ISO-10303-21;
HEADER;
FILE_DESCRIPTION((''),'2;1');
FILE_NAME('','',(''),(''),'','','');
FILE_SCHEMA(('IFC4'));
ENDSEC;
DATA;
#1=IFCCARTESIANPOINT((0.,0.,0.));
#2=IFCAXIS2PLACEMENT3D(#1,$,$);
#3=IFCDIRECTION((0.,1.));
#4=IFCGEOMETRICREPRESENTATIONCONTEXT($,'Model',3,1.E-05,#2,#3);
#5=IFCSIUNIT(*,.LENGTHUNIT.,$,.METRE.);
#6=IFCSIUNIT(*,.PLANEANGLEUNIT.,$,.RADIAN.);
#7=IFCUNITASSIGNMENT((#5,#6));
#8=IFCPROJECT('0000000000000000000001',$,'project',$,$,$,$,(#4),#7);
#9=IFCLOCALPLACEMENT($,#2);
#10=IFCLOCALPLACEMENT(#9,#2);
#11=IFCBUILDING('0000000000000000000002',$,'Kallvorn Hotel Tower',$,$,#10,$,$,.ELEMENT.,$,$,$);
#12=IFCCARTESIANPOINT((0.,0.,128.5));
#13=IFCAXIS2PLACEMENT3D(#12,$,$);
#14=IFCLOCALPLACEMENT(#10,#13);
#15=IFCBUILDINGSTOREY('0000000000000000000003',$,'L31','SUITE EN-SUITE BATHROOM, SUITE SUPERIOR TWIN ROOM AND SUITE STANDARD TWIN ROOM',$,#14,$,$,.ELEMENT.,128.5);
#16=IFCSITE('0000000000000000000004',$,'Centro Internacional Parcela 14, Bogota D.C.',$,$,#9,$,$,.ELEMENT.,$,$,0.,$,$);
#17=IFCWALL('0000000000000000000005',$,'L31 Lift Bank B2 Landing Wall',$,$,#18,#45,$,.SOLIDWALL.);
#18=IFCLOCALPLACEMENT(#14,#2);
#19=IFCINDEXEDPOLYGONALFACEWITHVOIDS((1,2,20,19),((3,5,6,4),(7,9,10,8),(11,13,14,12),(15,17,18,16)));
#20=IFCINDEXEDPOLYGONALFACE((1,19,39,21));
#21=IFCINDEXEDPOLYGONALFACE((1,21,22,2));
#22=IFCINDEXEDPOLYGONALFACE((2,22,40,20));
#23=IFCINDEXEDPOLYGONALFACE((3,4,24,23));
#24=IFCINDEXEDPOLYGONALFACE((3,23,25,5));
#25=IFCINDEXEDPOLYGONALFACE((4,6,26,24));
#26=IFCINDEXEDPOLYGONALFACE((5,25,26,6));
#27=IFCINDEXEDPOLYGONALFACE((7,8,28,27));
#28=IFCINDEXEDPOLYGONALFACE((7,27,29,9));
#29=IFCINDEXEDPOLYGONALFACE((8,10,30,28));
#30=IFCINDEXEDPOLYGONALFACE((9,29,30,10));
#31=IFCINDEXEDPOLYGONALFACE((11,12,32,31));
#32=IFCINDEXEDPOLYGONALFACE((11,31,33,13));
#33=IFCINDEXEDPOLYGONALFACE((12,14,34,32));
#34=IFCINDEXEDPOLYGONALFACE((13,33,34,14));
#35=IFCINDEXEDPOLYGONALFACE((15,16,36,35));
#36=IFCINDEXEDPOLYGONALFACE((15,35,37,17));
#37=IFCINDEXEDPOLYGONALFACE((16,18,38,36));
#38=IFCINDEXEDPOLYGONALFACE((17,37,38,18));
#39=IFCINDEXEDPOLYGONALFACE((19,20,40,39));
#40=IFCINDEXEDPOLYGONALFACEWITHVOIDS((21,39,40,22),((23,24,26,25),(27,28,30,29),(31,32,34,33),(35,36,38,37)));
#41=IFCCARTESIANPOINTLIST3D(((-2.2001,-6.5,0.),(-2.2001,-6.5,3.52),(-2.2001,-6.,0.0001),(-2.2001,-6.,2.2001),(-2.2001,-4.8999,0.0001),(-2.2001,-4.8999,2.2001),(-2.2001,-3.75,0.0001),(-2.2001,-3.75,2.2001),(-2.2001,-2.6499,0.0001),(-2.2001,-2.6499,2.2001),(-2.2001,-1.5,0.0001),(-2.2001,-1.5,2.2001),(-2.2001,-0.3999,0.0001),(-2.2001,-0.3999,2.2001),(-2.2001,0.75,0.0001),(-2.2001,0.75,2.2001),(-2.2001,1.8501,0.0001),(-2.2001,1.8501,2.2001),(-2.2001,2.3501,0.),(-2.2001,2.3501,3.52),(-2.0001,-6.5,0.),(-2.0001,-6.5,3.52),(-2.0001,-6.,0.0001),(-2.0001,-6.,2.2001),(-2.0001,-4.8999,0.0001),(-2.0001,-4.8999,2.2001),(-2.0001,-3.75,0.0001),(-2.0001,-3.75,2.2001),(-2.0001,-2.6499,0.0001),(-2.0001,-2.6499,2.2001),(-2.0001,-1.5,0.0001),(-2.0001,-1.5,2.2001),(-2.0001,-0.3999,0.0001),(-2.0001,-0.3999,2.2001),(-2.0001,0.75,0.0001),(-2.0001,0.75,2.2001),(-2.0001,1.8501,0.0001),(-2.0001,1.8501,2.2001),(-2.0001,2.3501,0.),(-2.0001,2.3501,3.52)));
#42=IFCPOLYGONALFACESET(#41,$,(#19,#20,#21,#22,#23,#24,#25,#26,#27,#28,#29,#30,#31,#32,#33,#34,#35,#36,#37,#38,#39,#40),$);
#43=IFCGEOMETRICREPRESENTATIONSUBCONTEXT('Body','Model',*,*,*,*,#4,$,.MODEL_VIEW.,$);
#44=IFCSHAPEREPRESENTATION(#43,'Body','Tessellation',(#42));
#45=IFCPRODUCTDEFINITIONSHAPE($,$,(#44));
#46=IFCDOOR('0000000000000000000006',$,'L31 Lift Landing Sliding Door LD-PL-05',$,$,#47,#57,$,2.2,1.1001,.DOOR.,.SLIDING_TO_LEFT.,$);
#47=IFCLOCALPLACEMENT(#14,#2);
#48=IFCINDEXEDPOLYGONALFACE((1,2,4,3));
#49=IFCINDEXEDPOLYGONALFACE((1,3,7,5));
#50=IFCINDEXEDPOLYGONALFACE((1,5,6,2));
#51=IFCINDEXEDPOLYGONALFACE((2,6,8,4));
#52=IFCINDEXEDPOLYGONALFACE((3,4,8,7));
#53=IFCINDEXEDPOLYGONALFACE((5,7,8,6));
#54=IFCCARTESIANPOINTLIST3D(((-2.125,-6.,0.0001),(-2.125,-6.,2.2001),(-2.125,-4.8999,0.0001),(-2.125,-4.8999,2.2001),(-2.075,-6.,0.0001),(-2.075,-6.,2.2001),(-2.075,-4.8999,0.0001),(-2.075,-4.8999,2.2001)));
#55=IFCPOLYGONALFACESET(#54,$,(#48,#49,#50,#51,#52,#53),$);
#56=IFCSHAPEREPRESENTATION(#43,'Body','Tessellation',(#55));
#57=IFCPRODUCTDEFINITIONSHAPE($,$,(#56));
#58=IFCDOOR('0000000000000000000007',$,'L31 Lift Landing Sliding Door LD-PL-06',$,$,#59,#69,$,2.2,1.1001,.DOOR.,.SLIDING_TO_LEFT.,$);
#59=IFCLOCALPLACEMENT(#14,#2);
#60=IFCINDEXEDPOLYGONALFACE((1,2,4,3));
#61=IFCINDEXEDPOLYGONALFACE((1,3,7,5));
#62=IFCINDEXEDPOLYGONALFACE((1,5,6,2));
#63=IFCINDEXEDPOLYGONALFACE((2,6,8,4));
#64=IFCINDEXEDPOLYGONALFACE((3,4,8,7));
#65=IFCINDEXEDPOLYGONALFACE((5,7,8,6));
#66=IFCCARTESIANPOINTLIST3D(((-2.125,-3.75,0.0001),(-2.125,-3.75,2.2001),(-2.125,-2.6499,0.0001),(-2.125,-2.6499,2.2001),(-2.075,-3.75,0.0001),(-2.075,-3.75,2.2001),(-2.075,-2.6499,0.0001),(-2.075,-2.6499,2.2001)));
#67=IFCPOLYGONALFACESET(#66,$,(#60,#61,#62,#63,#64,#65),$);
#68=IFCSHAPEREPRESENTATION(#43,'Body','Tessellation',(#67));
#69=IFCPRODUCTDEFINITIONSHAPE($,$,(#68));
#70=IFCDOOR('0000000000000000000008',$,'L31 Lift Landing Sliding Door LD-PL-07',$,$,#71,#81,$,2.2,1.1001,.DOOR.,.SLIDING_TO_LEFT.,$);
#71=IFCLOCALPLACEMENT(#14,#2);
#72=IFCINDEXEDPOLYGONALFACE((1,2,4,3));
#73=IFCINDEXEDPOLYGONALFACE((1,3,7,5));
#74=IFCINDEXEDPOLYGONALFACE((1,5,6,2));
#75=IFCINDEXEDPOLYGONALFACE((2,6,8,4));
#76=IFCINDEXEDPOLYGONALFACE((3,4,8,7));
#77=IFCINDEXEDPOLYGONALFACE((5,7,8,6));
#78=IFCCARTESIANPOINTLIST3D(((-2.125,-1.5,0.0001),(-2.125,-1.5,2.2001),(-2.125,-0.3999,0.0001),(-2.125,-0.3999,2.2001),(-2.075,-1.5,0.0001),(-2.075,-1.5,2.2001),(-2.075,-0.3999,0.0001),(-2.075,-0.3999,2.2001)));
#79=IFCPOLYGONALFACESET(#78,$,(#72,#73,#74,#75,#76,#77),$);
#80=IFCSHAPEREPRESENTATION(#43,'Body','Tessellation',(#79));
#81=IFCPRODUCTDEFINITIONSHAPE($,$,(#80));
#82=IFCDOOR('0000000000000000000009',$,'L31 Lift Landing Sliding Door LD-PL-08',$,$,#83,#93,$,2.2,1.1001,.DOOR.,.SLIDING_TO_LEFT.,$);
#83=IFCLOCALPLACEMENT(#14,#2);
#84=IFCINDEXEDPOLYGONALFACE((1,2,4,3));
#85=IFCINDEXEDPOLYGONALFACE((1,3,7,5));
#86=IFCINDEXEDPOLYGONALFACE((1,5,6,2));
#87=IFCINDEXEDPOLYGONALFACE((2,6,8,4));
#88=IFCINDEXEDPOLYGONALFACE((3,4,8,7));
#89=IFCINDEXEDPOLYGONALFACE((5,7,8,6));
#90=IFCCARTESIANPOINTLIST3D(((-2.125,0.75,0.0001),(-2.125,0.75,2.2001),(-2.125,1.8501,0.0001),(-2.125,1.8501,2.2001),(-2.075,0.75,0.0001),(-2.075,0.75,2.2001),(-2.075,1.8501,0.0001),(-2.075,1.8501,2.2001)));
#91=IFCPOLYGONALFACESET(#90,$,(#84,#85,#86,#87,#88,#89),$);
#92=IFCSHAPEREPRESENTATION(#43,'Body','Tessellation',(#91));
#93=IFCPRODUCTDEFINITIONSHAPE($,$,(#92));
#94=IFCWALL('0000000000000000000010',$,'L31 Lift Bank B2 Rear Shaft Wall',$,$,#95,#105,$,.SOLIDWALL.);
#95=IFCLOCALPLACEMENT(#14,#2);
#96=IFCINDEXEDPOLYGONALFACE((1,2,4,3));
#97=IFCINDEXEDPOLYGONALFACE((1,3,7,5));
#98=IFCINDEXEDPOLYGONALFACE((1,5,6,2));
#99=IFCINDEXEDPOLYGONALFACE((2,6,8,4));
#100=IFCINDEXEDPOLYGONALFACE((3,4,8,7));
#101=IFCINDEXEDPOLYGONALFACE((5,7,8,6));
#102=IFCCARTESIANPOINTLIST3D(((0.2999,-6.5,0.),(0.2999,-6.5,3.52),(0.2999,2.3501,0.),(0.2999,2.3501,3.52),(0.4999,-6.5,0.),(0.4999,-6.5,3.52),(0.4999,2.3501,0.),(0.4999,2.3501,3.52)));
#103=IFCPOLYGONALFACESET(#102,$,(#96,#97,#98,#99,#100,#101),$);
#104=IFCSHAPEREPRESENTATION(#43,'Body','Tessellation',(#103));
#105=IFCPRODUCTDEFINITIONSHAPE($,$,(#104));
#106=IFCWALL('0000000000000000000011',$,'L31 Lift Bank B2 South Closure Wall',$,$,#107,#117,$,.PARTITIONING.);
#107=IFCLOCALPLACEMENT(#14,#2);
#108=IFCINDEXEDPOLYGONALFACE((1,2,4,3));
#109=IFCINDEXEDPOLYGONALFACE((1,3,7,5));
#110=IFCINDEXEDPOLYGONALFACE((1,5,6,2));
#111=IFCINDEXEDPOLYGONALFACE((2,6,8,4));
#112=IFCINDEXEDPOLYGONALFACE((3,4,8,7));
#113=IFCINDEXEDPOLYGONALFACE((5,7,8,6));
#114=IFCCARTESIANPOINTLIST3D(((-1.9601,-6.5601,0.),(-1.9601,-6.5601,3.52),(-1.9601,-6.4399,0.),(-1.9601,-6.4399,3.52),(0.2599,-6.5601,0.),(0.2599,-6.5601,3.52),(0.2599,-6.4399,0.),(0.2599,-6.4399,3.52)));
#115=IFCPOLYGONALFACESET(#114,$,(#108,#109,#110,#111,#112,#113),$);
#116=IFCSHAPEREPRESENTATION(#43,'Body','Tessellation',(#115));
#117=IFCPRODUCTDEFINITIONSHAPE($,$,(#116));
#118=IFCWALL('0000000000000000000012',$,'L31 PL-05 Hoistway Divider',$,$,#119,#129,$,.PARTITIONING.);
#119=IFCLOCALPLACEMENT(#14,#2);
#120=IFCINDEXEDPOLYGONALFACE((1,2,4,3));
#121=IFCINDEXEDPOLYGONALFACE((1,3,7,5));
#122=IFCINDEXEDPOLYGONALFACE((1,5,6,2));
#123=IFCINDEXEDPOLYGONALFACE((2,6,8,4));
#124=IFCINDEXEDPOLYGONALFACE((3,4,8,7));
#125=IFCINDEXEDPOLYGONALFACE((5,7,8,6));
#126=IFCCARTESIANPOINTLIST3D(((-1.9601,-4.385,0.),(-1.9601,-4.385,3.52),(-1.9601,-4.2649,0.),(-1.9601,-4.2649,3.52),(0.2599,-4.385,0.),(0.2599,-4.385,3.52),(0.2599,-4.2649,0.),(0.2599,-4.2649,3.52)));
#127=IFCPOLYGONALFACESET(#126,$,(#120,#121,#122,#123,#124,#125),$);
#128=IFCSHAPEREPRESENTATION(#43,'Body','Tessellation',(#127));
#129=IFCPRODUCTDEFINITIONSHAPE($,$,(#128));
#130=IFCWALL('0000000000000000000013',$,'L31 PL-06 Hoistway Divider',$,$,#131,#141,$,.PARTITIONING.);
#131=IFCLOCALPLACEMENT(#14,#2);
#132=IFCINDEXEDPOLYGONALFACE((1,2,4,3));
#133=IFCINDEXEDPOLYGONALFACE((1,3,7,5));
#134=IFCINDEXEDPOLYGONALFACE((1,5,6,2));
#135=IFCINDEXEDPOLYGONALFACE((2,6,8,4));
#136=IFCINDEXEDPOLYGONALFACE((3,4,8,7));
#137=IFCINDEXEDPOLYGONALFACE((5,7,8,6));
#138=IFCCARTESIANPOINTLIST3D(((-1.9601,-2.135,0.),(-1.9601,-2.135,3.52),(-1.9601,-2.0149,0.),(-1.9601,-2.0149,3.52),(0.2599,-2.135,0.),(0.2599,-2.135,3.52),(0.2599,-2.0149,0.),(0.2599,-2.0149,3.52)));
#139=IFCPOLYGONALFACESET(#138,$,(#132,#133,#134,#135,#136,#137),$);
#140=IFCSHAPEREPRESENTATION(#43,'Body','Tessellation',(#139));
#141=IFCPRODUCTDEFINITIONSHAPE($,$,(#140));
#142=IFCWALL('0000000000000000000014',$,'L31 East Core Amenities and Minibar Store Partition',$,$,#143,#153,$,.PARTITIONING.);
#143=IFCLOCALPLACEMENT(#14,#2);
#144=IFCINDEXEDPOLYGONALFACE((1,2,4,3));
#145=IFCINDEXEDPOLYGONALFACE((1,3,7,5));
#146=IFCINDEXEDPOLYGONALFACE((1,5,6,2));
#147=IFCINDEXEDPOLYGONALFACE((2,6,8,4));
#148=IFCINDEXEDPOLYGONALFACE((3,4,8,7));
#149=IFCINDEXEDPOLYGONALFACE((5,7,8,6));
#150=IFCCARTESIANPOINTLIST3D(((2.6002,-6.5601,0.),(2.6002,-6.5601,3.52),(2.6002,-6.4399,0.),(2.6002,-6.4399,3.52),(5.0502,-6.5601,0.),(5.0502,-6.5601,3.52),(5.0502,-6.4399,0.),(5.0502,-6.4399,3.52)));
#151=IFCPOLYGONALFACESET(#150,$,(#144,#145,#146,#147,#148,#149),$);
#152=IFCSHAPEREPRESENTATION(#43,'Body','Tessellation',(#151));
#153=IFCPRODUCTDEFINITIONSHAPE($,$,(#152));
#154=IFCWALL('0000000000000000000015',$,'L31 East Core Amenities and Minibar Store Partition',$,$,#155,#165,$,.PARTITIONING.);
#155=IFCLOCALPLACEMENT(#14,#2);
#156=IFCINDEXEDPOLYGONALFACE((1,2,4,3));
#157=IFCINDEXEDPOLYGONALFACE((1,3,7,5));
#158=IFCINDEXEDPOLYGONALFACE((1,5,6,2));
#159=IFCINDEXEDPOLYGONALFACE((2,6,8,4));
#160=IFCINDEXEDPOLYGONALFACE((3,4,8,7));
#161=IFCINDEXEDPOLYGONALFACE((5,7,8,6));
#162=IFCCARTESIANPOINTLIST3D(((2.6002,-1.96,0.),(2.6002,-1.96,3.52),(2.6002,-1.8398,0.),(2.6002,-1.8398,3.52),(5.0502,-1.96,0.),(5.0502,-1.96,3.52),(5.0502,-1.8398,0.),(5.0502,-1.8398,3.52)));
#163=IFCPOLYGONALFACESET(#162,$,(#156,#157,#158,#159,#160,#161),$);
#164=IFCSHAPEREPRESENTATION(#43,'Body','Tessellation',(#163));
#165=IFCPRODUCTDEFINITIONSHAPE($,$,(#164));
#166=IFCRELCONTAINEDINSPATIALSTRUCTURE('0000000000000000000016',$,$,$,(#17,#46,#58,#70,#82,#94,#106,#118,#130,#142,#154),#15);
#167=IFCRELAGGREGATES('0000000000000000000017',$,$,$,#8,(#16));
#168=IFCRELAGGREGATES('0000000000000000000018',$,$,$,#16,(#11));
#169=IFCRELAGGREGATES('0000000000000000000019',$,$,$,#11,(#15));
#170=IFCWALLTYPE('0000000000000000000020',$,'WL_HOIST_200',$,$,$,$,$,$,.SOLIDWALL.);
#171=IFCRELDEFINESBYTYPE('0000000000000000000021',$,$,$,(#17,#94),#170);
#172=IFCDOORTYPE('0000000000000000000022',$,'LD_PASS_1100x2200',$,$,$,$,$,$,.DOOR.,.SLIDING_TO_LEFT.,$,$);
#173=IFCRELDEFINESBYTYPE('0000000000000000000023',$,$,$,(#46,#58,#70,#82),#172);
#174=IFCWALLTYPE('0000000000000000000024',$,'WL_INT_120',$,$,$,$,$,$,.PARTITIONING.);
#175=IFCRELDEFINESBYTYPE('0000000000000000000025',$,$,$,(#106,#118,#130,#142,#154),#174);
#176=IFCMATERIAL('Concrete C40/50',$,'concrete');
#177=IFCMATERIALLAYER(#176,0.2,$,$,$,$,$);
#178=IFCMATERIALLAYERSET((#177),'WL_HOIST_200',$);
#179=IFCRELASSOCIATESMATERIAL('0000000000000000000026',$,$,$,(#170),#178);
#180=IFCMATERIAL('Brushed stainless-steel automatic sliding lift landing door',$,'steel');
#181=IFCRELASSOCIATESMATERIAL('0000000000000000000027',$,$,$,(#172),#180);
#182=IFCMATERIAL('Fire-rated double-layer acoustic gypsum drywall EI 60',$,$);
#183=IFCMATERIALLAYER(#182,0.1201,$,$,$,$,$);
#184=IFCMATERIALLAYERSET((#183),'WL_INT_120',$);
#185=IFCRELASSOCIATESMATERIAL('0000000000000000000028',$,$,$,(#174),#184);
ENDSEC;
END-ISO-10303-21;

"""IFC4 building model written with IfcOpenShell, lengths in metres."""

from ifc_helpers import new_model, si_unit, direction, frame, frame_2d, origin, place, context, subcontext, project, spatial, rectangle, extrude, material, layer, layer_set, type_object, element, fill, save


model = new_model("IFC4")

# Units and contexts
model_context = context("Model", 3, precision=1e-05, world=origin(), true_north=direction((0.0, 1.0)))
body_context = subcontext(model_context, "Body", "Model", "MODEL_VIEW")
ifc_project = project(units=[si_unit("LENGTHUNIT", "METRE"), si_unit("PLANEANGLEUNIT", "RADIAN")], contexts=[model_context])

# Site, building, storey
site_placement = place(None, origin())
site = spatial("IfcSite", under=ifc_project, at=site_placement, Name="Centro Internacional Parcela 14, Bogota D.C.", CompositionType="ELEMENT", RefElevation=0.0)
building_placement = place(site_placement, origin())
building = spatial("IfcBuilding", under=site, at=building_placement, Name="Kallvorn Hotel Tower", CompositionType="ELEMENT")
storey_placement = place(building_placement, frame((0.0, 0.0, 128.5)))
storey = spatial("IfcBuildingStorey", under=building, at=storey_placement, Name="L31", Description="SUITE EN-SUITE BATHROOM, SUITE SUPERIOR TWIN ROOM AND SUITE STANDARD TWIN ROOM", CompositionType="ELEMENT", Elevation=128.5)

# Wall, openings, doors
ifc_material_1 = material(Name="Concrete C40/50", Category="concrete")
ifc_layer_1 = layer(ifc_material_1, 0.2)
ifc_layer_set_1 = layer_set([ifc_layer_1], Name="WL_HOIST_200")
wall_type_1 = type_object("IfcWallType", Name="WL_HOIST_200", PredefinedType="SOLIDWALL", material=ifc_layer_set_1)
wall_1_placement = place(storey_placement, frame((-2.1001, -6.5, 0.0), z_axis=(0.0, 0.0, 1.0), x_axis=(0.0, 1.0, 0.0)))
wall_1 = element("IfcWall", 1, at=wall_1_placement, inside=storey, type_object=wall_type_1, Name="L31 Lift Bank B2 Landing Wall", PredefinedType="SOLIDWALL", context=body_context, shape_type="SweptSolid", body=[
    extrude(rectangle(XDim=8.8501, YDim=0.2, at=frame_2d((4.425, 0.0))), origin(), (0.0, 0.0, 1.0), 3.52),
])
opening_1_placement = place(wall_1_placement, frame((0.5, 0.0, 0.0)))
opening_1 = element("IfcOpeningElement", 2, at=opening_1_placement, cuts=wall_1, PredefinedType="OPENING", context=body_context, shape_type="SweptSolid", body=[
    extrude(rectangle(XDim=1.1001, YDim=2.2, at=frame_2d((0.55, 1.1001))), frame((0.0, 0.115, 0.0), z_axis=(0.0, -1.0, 0.0), x_axis=(1.0, 0.0, 0.0)), (0.0, 0.0, 1.0), 0.23),
])
opening_2_placement = place(wall_1_placement, frame((2.75, 0.0, 0.0)))
opening_2 = element("IfcOpeningElement", 3, at=opening_2_placement, cuts=wall_1, PredefinedType="OPENING", context=body_context, shape_type="SweptSolid", body=[
    extrude(rectangle(XDim=1.1001, YDim=2.2, at=frame_2d((0.55, 1.1001))), frame((0.0, 0.115, 0.0), z_axis=(0.0, -1.0, 0.0), x_axis=(1.0, 0.0, 0.0)), (0.0, 0.0, 1.0), 0.23),
])
opening_3_placement = place(wall_1_placement, frame((5.0, 0.0, 0.0)))
opening_3 = element("IfcOpeningElement", 4, at=opening_3_placement, cuts=wall_1, PredefinedType="OPENING", context=body_context, shape_type="SweptSolid", body=[
    extrude(rectangle(XDim=1.1001, YDim=2.2, at=frame_2d((0.55, 1.1001))), frame((0.0, 0.115, 0.0), z_axis=(0.0, -1.0, 0.0), x_axis=(1.0, 0.0, 0.0)), (0.0, 0.0, 1.0), 0.23),
])
opening_4_placement = place(wall_1_placement, frame((7.25, 0.0, 0.0)))
opening_4 = element("IfcOpeningElement", 5, at=opening_4_placement, cuts=wall_1, PredefinedType="OPENING", context=body_context, shape_type="SweptSolid", body=[
    extrude(rectangle(XDim=1.1001, YDim=2.2, at=frame_2d((0.55, 1.1001))), frame((0.0, 0.115, 0.0), z_axis=(0.0, -1.0, 0.0), x_axis=(1.0, 0.0, 0.0)), (0.0, 0.0, 1.0), 0.23),
])
ifc_material_2 = material(Name="Brushed stainless-steel automatic sliding lift landing door", Category="steel")
door_type_1 = type_object("IfcDoorType", Name="LD_PASS_1100x2200", OperationType="SLIDING_TO_LEFT", PredefinedType="DOOR", material=ifc_material_2)
door_1_placement = place(opening_1_placement, origin())
door_1 = element("IfcDoor", 6, at=door_1_placement, inside=storey, type_object=door_type_1, Name="L31 Lift Landing Sliding Door LD-PL-05", OperationType="SLIDING_TO_LEFT", OverallHeight=2.2, OverallWidth=1.1001, PredefinedType="DOOR", context=body_context, shape_type="SweptSolid", body=[
    extrude(rectangle(XDim=1.1001, YDim=2.2, at=frame_2d((0.55, 1.1001))), frame((0.0, 0.0249, 0.0), z_axis=(0.0, -1.0, 0.0), x_axis=(1.0, 0.0, 0.0)), (0.0, 0.0, 1.0), 0.05),
])
fill(opening_1, door_1)
door_2_placement = place(opening_2_placement, origin())
door_2 = element("IfcDoor", 7, at=door_2_placement, inside=storey, type_object=door_type_1, Name="L31 Lift Landing Sliding Door LD-PL-06", OperationType="SLIDING_TO_LEFT", OverallHeight=2.2, OverallWidth=1.1001, PredefinedType="DOOR", context=body_context, shape_type="SweptSolid", body=[
    extrude(rectangle(XDim=1.1001, YDim=2.2, at=frame_2d((0.55, 1.1001))), frame((0.0, 0.0249, 0.0), z_axis=(0.0, -1.0, 0.0), x_axis=(1.0, 0.0, 0.0)), (0.0, 0.0, 1.0), 0.05),
])
fill(opening_2, door_2)
door_3_placement = place(opening_3_placement, origin())
door_3 = element("IfcDoor", 8, at=door_3_placement, inside=storey, type_object=door_type_1, Name="L31 Lift Landing Sliding Door LD-PL-07", OperationType="SLIDING_TO_LEFT", OverallHeight=2.2, OverallWidth=1.1001, PredefinedType="DOOR", context=body_context, shape_type="SweptSolid", body=[
    extrude(rectangle(XDim=1.1001, YDim=2.2, at=frame_2d((0.55, 1.1001))), frame((0.0, 0.0249, 0.0), z_axis=(0.0, -1.0, 0.0), x_axis=(1.0, 0.0, 0.0)), (0.0, 0.0, 1.0), 0.05),
])
fill(opening_3, door_3)
door_4_placement = place(opening_4_placement, origin())
door_4 = element("IfcDoor", 9, at=door_4_placement, inside=storey, type_object=door_type_1, Name="L31 Lift Landing Sliding Door LD-PL-08", OperationType="SLIDING_TO_LEFT", OverallHeight=2.2, OverallWidth=1.1001, PredefinedType="DOOR", context=body_context, shape_type="SweptSolid", body=[
    extrude(rectangle(XDim=1.1001, YDim=2.2, at=frame_2d((0.55, 1.1001))), frame((0.0, 0.0249, 0.0), z_axis=(0.0, -1.0, 0.0), x_axis=(1.0, 0.0, 0.0)), (0.0, 0.0, 1.0), 0.05),
])
fill(opening_4, door_4)

# Walls
wall_2_placement = place(storey_placement, frame((0.3999, -6.5, 0.0), z_axis=(0.0, 0.0, 1.0), x_axis=(0.0, 1.0, 0.0)))
element("IfcWall", 10, at=wall_2_placement, inside=storey, type_object=wall_type_1, Name="L31 Lift Bank B2 Rear Shaft Wall", PredefinedType="SOLIDWALL", context=body_context, shape_type="SweptSolid", body=[
    extrude(rectangle(XDim=8.8501, YDim=0.2, at=frame_2d((4.425, 0.0))), origin(), (0.0, 0.0, 1.0), 3.52),
])
ifc_material_3 = material(Name="Fire-rated double-layer acoustic gypsum drywall EI 60")
ifc_layer_2 = layer(ifc_material_3, 0.1201)
ifc_layer_set_2 = layer_set([ifc_layer_2], Name="WL_INT_120")
wall_type_2 = type_object("IfcWallType", Name="WL_INT_120", PredefinedType="PARTITIONING", material=ifc_layer_set_2)
for number, where, z_axis, x_axis, name in (
    (11, (-1.96, -6.5, 0.0), (0.0, 0.0, 1.0), (1.0, 0.0, 0.0), "L31 Lift Bank B2 South Closure Wall"),
    (12, (-1.96, -4.325, 0.0), (0.0, 0.0, 1.0), (1.0, 0.0, 0.0), "L31 PL-05 Hoistway Divider"),
    (13, (-1.96, -2.075, 0.0), (0.0, 0.0, 1.0), (1.0, 0.0, 0.0), "L31 PL-06 Hoistway Divider"),
):
    element("IfcWall", number, at=place(storey_placement, frame(where, z_axis=z_axis, x_axis=x_axis)), inside=storey, type_object=wall_type_2, Name=name, PredefinedType="PARTITIONING", context=body_context, shape_type="SweptSolid", body=[
        extrude(rectangle(XDim=2.22, YDim=0.1201, at=frame_2d((1.1099, 0.0))), origin(), (0.0, 0.0, 1.0), 3.52),
    ])
for number, where, z_axis, x_axis, name in (
    (14, (2.6001, -6.5, 0.0), (0.0, 0.0, 1.0), (1.0, 0.0, 0.0), "L31 East Core Amenities and Minibar Store Partition"),
    (15, (2.6001, -1.8999, 0.0), (0.0, 0.0, 1.0), (1.0, 0.0, 0.0), "L31 East Core Amenities and Minibar Store Partition"),
):
    element("IfcWall", number, at=place(storey_placement, frame(where, z_axis=z_axis, x_axis=x_axis)), inside=storey, type_object=wall_type_2, Name=name, PredefinedType="PARTITIONING", context=body_context, shape_type="SweptSolid", body=[
        extrude(rectangle(XDim=2.45, YDim=0.1201, at=frame_2d((1.2251, 0.0))), origin(), (0.0, 0.0, 1.0), 3.52),
    ])

save(model, "model.ifc")
